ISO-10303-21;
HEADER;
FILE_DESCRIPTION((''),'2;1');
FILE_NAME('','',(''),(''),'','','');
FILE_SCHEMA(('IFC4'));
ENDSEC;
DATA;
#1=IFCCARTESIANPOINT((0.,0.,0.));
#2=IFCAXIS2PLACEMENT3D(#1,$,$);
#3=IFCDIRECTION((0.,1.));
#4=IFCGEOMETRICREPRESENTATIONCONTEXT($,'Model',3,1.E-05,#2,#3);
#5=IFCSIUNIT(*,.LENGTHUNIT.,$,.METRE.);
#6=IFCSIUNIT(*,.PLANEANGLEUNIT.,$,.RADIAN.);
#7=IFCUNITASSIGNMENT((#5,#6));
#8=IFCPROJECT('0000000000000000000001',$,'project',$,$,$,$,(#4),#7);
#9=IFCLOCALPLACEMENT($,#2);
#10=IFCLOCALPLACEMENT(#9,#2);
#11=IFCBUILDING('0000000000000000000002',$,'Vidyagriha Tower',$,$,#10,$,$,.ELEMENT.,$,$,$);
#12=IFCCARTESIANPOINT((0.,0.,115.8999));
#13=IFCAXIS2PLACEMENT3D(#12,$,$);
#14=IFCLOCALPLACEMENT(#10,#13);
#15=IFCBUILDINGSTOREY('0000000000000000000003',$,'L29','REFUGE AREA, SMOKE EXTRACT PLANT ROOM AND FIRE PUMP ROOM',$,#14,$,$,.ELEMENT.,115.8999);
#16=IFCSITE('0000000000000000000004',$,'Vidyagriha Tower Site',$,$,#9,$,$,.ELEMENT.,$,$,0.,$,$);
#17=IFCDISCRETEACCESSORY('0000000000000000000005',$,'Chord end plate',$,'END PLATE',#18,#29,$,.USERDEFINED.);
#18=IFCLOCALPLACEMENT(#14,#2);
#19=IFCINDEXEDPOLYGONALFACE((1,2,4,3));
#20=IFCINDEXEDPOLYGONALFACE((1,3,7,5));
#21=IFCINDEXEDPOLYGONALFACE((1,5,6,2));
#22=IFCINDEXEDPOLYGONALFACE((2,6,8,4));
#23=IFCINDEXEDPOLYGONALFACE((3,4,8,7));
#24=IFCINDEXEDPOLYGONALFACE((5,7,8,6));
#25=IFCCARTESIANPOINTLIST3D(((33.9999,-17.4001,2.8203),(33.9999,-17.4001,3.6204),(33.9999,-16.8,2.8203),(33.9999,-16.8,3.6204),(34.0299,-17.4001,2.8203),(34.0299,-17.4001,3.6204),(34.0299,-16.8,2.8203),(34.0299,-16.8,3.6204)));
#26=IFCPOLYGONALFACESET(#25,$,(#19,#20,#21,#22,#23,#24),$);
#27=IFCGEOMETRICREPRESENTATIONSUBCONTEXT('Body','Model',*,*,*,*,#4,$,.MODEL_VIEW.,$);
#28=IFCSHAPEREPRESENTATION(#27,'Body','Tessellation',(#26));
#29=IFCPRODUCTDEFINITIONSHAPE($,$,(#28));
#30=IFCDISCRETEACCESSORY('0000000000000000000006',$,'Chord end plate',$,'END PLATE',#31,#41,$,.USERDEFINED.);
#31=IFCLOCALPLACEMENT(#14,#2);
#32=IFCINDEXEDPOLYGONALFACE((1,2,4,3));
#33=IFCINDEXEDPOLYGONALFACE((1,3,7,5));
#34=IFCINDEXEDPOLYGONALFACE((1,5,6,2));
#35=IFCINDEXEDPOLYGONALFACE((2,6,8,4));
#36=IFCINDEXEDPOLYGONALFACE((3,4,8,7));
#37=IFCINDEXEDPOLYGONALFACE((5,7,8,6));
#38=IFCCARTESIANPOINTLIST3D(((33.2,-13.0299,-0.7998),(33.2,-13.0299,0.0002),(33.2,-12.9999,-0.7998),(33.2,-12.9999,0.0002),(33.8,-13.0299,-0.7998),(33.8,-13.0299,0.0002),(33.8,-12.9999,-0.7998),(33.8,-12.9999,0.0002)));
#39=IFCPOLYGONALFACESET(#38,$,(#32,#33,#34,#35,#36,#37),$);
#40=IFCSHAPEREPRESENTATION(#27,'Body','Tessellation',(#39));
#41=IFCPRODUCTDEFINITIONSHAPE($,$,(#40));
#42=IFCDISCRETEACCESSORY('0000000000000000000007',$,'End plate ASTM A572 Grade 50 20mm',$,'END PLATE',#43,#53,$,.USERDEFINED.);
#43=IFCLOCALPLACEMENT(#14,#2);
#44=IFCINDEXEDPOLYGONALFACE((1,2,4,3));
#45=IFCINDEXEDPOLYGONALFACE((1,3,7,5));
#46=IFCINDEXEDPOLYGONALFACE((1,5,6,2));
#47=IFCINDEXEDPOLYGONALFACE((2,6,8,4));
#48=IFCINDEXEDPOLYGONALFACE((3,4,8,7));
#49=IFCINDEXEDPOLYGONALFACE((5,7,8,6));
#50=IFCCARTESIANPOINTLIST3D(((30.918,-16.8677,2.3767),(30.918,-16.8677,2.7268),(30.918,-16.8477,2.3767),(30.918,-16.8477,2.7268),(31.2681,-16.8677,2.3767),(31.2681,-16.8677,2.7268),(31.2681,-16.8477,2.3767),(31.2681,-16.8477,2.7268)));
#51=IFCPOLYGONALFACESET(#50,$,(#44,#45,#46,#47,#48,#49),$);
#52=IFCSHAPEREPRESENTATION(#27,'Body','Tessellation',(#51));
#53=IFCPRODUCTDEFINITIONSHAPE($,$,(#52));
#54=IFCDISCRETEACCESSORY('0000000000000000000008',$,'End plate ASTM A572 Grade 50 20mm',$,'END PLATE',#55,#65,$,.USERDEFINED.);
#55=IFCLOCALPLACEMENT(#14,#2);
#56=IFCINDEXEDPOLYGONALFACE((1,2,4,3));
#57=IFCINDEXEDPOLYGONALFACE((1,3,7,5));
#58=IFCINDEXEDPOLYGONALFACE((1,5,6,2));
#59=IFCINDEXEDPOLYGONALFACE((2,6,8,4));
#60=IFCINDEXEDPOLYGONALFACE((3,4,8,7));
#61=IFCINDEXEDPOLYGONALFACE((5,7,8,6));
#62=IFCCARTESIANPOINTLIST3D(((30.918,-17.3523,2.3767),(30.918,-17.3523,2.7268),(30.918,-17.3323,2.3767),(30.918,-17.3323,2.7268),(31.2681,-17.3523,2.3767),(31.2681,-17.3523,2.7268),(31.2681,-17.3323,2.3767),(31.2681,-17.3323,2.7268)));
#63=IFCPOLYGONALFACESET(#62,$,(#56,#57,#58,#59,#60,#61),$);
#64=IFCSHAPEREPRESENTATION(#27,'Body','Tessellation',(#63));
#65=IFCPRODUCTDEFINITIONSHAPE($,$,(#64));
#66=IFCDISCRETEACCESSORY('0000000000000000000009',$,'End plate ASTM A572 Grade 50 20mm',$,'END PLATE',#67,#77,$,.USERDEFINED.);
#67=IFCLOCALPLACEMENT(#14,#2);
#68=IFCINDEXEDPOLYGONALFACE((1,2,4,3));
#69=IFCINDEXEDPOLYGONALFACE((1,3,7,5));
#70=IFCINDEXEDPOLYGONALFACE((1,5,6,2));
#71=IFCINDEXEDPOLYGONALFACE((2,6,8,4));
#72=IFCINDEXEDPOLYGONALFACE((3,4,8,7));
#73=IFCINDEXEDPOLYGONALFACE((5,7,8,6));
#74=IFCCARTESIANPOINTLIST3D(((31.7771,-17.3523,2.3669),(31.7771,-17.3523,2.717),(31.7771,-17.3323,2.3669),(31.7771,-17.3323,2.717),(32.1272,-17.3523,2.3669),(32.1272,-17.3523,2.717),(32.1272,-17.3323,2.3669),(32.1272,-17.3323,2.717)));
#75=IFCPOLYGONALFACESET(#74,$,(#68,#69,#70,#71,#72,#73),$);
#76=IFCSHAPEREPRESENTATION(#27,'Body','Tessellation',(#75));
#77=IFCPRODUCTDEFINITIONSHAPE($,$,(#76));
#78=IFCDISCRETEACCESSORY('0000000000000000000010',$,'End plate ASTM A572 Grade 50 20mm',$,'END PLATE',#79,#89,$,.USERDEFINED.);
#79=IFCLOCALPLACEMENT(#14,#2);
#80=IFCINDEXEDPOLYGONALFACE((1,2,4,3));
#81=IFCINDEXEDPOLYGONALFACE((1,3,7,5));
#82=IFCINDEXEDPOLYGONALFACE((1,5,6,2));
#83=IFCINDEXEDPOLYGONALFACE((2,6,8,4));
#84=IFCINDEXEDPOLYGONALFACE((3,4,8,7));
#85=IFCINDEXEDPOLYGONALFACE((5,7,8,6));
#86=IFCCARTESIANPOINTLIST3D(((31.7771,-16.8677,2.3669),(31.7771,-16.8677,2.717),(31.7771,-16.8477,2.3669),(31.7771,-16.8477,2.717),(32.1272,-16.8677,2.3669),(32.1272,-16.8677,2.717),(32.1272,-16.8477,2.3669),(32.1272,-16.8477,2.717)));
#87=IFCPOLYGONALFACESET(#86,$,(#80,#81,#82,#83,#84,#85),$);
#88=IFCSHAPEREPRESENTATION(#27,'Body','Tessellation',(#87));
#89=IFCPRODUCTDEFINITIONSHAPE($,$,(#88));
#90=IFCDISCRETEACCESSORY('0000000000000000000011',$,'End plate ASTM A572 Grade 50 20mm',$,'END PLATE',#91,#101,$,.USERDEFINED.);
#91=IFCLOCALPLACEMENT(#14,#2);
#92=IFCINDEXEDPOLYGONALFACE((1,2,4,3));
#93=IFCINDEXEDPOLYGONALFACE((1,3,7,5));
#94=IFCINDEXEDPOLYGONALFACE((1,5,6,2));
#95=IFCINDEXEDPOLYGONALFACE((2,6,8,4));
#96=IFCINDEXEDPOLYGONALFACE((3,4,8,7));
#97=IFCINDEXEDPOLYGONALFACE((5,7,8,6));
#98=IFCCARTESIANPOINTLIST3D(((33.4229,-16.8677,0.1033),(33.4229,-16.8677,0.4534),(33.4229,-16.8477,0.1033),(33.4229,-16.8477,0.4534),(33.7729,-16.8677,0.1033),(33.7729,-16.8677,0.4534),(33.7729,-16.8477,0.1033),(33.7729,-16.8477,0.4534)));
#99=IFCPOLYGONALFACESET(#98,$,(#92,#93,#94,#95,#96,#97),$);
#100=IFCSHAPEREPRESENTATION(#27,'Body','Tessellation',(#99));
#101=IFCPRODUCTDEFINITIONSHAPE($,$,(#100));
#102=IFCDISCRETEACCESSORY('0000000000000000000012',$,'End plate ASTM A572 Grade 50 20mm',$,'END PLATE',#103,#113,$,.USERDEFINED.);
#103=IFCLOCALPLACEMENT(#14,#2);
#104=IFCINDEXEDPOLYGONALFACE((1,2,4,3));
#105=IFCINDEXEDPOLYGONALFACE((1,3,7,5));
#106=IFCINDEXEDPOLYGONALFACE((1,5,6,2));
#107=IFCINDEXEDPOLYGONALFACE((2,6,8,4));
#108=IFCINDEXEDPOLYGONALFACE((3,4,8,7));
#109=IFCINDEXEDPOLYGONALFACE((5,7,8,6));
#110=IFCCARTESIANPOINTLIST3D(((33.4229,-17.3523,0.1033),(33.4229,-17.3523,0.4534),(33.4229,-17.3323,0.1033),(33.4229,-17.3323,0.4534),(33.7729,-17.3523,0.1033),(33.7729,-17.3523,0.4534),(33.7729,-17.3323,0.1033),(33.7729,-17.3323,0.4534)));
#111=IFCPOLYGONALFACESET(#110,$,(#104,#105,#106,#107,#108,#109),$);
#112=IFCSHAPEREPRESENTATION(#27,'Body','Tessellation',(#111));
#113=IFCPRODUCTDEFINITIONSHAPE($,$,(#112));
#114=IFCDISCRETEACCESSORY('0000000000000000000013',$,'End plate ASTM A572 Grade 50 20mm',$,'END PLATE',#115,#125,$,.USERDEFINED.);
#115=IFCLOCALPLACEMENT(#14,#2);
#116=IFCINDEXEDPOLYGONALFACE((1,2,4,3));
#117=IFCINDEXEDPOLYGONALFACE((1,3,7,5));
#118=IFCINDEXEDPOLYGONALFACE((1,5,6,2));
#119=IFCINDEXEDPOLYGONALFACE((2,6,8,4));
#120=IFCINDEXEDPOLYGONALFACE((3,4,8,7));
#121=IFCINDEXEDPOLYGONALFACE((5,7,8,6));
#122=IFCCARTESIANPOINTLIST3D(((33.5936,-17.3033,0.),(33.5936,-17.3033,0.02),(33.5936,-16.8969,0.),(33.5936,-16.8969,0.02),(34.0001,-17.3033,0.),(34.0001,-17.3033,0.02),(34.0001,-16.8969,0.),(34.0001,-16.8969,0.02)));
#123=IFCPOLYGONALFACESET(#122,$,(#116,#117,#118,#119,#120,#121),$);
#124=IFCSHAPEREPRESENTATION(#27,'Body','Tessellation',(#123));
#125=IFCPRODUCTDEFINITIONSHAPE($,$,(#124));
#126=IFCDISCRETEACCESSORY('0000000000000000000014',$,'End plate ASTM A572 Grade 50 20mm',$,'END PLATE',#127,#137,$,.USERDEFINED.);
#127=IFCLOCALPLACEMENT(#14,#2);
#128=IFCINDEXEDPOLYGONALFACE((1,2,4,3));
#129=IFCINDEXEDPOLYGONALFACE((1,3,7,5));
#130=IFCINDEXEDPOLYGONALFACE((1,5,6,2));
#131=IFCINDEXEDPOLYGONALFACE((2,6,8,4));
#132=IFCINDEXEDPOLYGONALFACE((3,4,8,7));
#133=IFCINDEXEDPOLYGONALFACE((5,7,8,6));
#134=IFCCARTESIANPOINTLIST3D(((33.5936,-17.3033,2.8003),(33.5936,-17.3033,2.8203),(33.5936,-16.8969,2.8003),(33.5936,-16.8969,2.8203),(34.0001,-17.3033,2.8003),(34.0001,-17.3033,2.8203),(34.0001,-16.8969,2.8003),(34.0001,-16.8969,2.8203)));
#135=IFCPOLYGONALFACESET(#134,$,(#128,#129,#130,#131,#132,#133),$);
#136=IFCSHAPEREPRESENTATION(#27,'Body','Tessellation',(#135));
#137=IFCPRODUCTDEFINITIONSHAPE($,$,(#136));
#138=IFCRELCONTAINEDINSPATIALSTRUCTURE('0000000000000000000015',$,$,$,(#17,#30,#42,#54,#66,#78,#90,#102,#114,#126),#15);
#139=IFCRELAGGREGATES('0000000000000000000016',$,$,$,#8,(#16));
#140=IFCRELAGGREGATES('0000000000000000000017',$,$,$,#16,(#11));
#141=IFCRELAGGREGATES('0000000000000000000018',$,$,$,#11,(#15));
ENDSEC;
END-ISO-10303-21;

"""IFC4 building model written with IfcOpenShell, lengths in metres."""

from ifc_helpers import new_model, si_unit, direction, frame, origin, origin_2d, place, context, subcontext, project, spatial, rectangle, extrude, element, save


model = new_model("IFC4")

# Units and contexts
model_context = context("Model", 3, precision=1e-05, world=origin(), true_north=direction((0.0, 1.0)))
body_context = subcontext(model_context, "Body", "Model", "MODEL_VIEW")
ifc_project = project(units=[si_unit("LENGTHUNIT", "METRE"), si_unit("PLANEANGLEUNIT", "RADIAN")], contexts=[model_context])

# Site, building, storey
site_placement = place(None, origin())
site = spatial("IfcSite", under=ifc_project, at=site_placement, Name="Vidyagriha Tower Site", CompositionType="ELEMENT", RefElevation=0.0)
building_placement = place(site_placement, origin())
building = spatial("IfcBuilding", under=site, at=building_placement, Name="Vidyagriha Tower", CompositionType="ELEMENT")
storey_placement = place(building_placement, frame((0.0, 0.0, 115.8999)))
storey = spatial("IfcBuildingStorey", under=building, at=storey_placement, Name="L29", Description="REFUGE AREA, SMOKE EXTRACT PLANT ROOM AND FIRE PUMP ROOM", CompositionType="ELEMENT", Elevation=115.8999)

# Discrete accessories
for number, where, name in (
    (1, (34.0149, -17.1001, 2.8203), "Chord end plate"),
):
    element("IfcDiscreteAccessory", number, at=place(storey_placement, frame(where)), inside=storey, Name=name, ObjectType="END PLATE", PredefinedType="USERDEFINED", context=body_context, shape_type="SweptSolid", body=[
        extrude(rectangle(XDim=0.03, YDim=0.6001, at=origin_2d()), origin(), (0.0, 0.0, 1.0), 0.8),
    ])
discrete_accessory_placement = place(storey_placement, frame((33.5, -13.0149, -0.7998), z_axis=(0.0, 0.0, 1.0), x_axis=(0.0, -1.0, 0.0)))
element("IfcDiscreteAccessory", 2, at=discrete_accessory_placement, inside=storey, Name="Chord end plate", ObjectType="END PLATE", PredefinedType="USERDEFINED", context=body_context, shape_type="SweptSolid", body=[
    extrude(rectangle(XDim=0.03, YDim=0.6001, at=origin_2d()), origin(), (0.0, 0.0, 1.0), 0.8),
])
for number, where, name in (
    (3, (31.093, -16.8577, 2.3767), "End plate ASTM A572 Grade 50 20mm"),
    (4, (31.093, -17.3423, 2.3767), "End plate ASTM A572 Grade 50 20mm"),
):
    element("IfcDiscreteAccessory", number, at=place(storey_placement, frame(where)), inside=storey, Name=name, ObjectType="END PLATE", PredefinedType="USERDEFINED", context=body_context, shape_type="SweptSolid", body=[
        extrude(rectangle(XDim=0.3501, YDim=0.02, at=origin_2d()), origin(), (0.0, 0.0, 1.0), 0.3501),
    ])
for number, where, z_axis, x_axis, name in (
    (5, (31.9521, -17.3423, 2.3669), (0.0, 0.0, 1.0), (-1.0, 0.0, 0.0), "End plate ASTM A572 Grade 50 20mm"),
    (6, (31.9521, -16.8577, 2.3669), (0.0, 0.0, 1.0), (-1.0, 0.0, 0.0), "End plate ASTM A572 Grade 50 20mm"),
):
    element("IfcDiscreteAccessory", number, at=place(storey_placement, frame(where, z_axis=z_axis, x_axis=x_axis)), inside=storey, Name=name, ObjectType="END PLATE", PredefinedType="USERDEFINED", context=body_context, shape_type="SweptSolid", body=[
        extrude(rectangle(XDim=0.3501, YDim=0.02, at=origin_2d()), origin(), (0.0, 0.0, 1.0), 0.3501),
    ])
for number, where, name in (
    (7, (33.5979, -16.8577, 0.1033), "End plate ASTM A572 Grade 50 20mm"),
    (8, (33.5979, -17.3423, 0.1033), "End plate ASTM A572 Grade 50 20mm"),
):
    element("IfcDiscreteAccessory", number, at=place(storey_placement, frame(where)), inside=storey, Name=name, ObjectType="END PLATE", PredefinedType="USERDEFINED", context=body_context, shape_type="SweptSolid", body=[
        extrude(rectangle(XDim=0.3501, YDim=0.02, at=origin_2d()), origin(), (0.0, 0.0, 1.0), 0.3501),
    ])
for number, where, name in (
    (9, (33.7969, -17.1001, 0.0), "End plate ASTM A572 Grade 50 20mm"),
    (10, (33.7969, -17.1001, 2.8003), "End plate ASTM A572 Grade 50 20mm"),
):
    element("IfcDiscreteAccessory", number, at=place(storey_placement, frame(where)), inside=storey, Name=name, ObjectType="END PLATE", PredefinedType="USERDEFINED", context=body_context, shape_type="SweptSolid", body=[
        extrude(rectangle(XDim=0.4065, YDim=0.4065, at=origin_2d()), origin(), (0.0, 0.0, 1.0), 0.02),
    ])

save(model, "model.ifc")
